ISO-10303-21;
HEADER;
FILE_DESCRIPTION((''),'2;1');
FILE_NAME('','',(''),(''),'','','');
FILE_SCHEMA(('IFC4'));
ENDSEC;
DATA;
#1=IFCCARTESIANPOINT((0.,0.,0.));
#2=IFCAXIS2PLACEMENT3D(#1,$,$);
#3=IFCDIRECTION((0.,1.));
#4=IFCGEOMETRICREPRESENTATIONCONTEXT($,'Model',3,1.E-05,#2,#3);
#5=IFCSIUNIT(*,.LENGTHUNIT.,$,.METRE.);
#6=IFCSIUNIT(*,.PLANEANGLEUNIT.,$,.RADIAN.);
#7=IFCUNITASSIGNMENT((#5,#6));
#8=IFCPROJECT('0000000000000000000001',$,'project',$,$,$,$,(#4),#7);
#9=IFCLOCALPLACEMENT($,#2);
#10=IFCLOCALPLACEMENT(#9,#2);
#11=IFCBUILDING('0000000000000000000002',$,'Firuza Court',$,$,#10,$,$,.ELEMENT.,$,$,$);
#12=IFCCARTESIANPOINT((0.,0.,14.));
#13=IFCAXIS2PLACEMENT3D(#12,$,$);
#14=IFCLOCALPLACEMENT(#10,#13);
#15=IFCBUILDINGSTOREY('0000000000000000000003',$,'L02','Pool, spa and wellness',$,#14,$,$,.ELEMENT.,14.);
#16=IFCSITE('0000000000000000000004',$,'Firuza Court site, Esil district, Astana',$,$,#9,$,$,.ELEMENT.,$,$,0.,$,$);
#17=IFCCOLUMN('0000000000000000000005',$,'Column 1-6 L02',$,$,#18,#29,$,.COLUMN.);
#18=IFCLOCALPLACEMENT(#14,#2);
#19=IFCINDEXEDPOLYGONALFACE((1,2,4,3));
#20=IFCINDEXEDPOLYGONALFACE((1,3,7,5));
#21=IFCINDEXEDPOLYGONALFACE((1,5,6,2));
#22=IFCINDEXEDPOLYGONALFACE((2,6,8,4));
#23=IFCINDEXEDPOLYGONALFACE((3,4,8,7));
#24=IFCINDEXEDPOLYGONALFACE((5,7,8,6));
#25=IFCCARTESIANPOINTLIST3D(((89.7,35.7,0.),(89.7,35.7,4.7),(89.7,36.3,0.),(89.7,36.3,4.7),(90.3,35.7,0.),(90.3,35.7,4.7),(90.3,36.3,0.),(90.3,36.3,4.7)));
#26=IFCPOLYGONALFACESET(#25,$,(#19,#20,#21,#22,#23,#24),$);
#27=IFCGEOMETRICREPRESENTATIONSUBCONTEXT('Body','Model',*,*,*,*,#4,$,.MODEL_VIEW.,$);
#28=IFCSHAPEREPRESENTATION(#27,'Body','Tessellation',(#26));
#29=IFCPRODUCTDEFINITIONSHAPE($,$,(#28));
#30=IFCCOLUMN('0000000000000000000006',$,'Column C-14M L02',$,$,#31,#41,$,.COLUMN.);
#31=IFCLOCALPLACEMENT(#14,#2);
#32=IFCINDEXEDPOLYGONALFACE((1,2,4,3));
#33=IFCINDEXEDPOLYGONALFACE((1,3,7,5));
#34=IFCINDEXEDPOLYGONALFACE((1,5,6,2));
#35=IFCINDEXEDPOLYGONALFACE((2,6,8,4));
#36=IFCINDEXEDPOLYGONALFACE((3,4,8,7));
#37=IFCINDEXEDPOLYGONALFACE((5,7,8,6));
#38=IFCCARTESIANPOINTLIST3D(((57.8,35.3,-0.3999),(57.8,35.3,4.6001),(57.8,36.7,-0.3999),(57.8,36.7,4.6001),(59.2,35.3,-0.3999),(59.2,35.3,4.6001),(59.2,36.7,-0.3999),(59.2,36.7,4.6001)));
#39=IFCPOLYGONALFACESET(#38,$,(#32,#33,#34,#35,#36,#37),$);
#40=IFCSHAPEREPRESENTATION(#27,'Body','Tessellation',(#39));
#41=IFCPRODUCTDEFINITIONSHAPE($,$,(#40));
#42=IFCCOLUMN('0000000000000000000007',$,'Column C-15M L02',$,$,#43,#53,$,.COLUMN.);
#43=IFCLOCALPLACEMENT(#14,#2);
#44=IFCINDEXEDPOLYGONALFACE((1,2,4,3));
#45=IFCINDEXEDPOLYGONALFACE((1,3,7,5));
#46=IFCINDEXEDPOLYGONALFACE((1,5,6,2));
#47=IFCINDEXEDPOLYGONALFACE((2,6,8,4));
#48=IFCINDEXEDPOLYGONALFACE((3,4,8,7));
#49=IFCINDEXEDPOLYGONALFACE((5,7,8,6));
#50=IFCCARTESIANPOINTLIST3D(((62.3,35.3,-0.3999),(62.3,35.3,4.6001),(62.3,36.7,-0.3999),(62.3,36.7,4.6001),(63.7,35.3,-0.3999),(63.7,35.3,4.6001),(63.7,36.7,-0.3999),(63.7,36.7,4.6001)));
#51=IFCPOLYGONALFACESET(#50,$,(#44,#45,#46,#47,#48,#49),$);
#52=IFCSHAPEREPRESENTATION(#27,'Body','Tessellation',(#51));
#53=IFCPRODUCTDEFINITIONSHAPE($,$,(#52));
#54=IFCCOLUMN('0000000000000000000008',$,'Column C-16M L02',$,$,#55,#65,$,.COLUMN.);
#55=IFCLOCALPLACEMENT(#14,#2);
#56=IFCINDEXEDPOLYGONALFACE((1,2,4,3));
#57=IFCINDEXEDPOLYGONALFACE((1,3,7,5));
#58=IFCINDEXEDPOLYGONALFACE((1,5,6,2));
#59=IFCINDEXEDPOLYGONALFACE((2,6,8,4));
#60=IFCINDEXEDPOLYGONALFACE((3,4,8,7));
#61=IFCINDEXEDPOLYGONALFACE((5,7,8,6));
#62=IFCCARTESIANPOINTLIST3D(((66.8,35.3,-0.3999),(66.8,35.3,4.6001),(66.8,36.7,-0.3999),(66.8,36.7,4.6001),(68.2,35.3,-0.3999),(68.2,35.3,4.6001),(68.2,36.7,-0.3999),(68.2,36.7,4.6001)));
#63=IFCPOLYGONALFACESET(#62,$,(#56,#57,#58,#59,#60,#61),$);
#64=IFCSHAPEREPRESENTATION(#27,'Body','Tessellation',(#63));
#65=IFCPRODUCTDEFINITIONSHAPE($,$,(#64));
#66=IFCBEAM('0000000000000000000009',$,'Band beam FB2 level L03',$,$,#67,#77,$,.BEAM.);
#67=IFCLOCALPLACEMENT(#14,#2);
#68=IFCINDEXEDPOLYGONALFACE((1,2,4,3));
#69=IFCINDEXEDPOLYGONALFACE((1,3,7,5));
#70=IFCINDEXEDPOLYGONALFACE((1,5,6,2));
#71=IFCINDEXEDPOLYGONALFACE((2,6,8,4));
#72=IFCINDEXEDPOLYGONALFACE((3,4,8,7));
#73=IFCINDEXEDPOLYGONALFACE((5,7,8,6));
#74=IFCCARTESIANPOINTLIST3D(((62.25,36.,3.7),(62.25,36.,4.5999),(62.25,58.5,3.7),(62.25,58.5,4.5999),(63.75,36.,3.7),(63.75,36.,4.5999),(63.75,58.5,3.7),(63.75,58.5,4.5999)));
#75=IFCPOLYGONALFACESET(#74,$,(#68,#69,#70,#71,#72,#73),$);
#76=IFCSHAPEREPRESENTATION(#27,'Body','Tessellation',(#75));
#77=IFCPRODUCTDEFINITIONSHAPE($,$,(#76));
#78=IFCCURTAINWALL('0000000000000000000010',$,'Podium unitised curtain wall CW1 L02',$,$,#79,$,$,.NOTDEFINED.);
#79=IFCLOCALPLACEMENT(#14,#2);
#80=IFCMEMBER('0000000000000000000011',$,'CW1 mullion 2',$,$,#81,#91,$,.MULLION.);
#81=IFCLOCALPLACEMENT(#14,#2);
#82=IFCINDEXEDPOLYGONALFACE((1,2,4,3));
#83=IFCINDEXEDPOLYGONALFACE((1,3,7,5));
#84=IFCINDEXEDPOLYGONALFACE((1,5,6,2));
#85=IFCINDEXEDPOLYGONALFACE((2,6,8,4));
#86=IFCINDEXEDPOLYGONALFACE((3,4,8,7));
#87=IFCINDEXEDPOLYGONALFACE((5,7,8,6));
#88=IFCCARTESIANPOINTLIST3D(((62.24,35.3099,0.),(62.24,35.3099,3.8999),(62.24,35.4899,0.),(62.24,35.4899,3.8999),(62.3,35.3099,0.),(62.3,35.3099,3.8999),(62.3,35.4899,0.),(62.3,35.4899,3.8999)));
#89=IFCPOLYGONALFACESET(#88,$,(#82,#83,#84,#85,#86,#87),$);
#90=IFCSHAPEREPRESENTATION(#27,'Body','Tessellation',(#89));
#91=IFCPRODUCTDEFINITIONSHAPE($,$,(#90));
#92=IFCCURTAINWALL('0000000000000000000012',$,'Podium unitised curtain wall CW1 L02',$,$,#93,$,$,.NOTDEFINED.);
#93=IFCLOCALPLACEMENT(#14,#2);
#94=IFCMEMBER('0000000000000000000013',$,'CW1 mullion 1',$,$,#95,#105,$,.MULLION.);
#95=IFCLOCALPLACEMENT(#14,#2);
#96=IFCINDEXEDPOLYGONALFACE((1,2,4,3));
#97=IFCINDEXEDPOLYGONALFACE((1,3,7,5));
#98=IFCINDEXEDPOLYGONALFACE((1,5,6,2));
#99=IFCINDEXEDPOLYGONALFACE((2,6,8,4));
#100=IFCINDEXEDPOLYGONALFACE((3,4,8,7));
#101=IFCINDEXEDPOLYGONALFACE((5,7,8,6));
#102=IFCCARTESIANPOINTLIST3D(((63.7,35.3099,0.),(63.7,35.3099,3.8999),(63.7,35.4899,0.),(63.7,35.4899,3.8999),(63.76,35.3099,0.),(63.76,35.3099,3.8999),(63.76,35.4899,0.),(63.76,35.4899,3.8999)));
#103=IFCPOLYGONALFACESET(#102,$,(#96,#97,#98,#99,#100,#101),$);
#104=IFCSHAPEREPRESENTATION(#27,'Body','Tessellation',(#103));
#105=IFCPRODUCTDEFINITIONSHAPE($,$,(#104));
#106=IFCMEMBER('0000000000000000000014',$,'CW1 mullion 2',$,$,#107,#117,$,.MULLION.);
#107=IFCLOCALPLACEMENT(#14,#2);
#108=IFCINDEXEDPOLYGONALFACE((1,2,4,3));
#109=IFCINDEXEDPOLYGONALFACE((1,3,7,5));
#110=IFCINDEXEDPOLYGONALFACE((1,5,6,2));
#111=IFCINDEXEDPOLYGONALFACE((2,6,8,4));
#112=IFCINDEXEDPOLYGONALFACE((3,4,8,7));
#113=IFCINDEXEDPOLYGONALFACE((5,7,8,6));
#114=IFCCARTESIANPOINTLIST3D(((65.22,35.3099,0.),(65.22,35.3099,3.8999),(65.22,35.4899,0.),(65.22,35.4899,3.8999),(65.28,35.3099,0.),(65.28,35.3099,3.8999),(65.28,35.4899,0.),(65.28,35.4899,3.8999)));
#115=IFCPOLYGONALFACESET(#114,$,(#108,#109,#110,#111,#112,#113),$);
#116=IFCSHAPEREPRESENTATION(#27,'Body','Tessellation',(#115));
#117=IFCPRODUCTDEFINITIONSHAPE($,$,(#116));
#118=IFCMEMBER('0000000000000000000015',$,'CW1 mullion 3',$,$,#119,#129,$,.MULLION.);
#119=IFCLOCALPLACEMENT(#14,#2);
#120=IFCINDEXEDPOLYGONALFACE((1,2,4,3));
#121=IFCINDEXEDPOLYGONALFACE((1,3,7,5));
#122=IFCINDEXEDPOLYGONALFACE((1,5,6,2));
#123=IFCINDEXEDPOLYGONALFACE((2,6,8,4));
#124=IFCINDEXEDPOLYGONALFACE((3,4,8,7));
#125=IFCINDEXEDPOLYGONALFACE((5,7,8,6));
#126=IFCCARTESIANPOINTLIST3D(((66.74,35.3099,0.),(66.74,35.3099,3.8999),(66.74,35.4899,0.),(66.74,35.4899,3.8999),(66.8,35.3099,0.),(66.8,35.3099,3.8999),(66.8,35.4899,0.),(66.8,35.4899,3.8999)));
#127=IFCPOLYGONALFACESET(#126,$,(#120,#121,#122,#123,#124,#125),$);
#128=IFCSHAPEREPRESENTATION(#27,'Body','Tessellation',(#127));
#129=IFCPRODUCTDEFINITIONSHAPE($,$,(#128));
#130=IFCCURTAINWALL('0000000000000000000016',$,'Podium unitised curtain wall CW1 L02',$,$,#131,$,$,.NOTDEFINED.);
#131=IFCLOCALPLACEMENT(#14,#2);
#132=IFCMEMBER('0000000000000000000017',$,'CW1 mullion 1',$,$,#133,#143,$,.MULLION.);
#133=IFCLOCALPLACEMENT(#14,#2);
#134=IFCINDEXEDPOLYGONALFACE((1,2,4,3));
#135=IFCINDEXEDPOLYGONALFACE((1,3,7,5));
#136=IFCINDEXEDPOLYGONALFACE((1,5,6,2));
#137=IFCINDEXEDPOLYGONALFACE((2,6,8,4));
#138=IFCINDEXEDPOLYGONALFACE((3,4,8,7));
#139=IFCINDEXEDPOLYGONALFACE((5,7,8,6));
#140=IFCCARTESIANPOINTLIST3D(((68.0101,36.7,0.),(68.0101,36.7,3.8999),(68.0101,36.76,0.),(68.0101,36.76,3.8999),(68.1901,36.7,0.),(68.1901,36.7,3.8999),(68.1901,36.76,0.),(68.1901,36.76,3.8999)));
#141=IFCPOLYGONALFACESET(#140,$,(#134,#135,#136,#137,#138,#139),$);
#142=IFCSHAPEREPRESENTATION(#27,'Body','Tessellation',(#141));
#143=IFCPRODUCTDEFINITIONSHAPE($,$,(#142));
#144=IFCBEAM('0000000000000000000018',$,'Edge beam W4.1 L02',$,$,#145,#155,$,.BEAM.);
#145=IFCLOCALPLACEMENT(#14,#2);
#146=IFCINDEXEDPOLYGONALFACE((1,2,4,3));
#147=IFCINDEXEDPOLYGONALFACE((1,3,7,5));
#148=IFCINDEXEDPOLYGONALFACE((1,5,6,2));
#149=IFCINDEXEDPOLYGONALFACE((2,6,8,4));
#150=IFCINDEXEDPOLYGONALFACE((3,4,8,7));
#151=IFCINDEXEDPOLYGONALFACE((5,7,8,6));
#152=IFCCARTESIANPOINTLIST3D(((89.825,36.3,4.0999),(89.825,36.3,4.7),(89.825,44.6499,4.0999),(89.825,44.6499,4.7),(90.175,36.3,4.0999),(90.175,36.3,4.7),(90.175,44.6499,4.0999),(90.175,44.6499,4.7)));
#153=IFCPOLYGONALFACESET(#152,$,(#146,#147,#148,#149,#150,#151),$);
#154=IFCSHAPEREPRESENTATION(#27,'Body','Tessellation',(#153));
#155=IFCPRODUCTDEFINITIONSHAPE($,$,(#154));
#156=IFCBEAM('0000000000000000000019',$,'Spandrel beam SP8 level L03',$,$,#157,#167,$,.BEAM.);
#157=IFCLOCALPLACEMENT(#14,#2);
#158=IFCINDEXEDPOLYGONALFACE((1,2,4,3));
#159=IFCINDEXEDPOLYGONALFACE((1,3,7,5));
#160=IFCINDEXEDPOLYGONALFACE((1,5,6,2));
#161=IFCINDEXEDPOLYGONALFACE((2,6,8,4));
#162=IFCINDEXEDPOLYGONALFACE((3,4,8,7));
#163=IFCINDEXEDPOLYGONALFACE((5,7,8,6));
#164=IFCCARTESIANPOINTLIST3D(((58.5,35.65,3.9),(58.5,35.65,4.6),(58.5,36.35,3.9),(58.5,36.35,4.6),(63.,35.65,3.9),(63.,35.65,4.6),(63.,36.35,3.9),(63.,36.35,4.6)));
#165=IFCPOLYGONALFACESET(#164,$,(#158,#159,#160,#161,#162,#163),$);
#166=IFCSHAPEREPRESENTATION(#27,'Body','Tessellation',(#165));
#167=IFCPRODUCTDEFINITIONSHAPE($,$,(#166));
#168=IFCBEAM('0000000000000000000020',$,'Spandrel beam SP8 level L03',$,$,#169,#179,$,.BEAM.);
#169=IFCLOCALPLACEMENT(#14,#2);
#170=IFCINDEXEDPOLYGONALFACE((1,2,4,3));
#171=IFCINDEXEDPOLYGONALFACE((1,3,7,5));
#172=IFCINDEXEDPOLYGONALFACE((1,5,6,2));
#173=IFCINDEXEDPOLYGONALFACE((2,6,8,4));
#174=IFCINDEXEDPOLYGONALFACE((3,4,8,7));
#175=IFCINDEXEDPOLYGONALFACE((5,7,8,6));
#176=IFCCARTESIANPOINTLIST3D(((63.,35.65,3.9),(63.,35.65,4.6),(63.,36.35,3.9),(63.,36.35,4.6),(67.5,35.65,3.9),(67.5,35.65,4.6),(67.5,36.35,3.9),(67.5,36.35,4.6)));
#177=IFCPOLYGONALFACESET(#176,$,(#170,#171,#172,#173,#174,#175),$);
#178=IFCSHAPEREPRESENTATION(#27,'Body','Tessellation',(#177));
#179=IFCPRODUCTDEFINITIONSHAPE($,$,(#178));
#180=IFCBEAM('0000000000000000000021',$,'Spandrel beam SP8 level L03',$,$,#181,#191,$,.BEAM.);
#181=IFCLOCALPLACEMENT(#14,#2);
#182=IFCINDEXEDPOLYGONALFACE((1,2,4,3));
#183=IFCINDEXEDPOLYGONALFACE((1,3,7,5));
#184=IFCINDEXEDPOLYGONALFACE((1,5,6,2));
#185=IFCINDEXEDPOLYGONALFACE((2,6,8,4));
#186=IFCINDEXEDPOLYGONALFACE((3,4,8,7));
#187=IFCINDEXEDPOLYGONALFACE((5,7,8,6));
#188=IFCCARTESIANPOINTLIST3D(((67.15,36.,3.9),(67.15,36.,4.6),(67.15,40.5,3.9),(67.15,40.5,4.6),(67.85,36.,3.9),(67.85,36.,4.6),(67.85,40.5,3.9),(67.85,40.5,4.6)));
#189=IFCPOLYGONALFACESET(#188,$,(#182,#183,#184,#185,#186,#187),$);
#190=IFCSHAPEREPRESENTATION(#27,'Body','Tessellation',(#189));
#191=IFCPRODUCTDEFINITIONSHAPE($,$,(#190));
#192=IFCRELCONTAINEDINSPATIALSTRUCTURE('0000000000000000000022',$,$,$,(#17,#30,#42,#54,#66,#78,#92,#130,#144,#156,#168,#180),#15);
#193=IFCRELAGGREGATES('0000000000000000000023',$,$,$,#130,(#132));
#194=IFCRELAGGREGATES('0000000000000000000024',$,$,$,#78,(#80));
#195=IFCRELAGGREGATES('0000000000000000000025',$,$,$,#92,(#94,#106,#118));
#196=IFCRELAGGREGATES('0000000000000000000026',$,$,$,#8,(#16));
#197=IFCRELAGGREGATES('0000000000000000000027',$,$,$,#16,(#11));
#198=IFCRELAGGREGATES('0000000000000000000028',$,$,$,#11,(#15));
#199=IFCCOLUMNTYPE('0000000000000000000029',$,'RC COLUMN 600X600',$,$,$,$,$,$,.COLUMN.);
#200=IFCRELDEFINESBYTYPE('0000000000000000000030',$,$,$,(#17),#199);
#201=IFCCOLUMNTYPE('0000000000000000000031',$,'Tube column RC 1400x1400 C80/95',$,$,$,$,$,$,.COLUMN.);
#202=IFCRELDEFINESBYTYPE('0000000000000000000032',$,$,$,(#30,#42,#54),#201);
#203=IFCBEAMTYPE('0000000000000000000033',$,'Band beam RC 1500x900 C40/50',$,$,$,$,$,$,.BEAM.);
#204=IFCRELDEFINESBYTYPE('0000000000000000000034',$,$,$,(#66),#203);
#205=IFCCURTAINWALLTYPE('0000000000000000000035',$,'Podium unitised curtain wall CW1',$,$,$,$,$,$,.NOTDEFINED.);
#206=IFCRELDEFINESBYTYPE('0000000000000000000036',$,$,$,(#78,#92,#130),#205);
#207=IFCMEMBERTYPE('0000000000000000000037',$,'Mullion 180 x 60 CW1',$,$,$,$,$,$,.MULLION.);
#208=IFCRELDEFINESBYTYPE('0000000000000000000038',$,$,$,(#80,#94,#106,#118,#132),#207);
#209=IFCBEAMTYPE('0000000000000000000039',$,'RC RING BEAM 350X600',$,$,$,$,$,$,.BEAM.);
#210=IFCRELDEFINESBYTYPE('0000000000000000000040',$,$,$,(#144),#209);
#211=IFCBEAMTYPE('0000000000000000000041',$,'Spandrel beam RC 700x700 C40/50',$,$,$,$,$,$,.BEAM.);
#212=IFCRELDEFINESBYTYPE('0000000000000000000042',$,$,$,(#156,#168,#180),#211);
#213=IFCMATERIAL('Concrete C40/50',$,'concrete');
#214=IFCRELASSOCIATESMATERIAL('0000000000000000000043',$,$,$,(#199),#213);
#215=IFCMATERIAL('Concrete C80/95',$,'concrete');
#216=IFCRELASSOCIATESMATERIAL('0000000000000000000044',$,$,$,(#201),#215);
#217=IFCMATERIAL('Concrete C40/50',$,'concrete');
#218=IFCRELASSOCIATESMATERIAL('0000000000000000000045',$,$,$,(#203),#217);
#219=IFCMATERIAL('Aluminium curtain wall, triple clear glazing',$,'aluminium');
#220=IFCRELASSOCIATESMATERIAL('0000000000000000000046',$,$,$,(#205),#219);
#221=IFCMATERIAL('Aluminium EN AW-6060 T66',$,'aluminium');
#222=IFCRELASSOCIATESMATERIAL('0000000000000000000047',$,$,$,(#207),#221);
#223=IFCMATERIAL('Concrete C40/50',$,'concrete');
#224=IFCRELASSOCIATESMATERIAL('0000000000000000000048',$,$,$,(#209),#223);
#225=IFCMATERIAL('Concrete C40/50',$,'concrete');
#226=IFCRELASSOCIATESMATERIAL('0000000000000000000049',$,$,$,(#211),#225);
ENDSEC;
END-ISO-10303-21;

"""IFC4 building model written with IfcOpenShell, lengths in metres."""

from ifc_helpers import new_model, si_unit, direction, frame, origin, origin_2d, place, context, subcontext, project, spatial, rectangle, extrude, material, material_profile, profile_set, type_object, element, aggregate, save


model = new_model("IFC4")

# Units and contexts
model_context = context("Model", 3, precision=1e-05, world=origin(), true_north=direction((0.0, 1.0)))
body_context = subcontext(model_context, "Body", "Model", "MODEL_VIEW")
ifc_project = project(units=[si_unit("LENGTHUNIT", "METRE"), si_unit("PLANEANGLEUNIT", "RADIAN")], contexts=[model_context])

# Site, building, storey
site_placement = place(None, origin())
site = spatial("IfcSite", under=ifc_project, at=site_placement, Name="Firuza Court site, Esil district, Astana", CompositionType="ELEMENT", RefElevation=0.0)
building_placement = place(site_placement, origin())
building = spatial("IfcBuilding", under=site, at=building_placement, Name="Firuza Court", CompositionType="ELEMENT")
storey_placement = place(building_placement, frame((0.0, 0.0, 14.0)))
storey = spatial("IfcBuildingStorey", under=building, at=storey_placement, Name="L02", Description="Pool, spa and wellness", CompositionType="ELEMENT", Elevation=14.0)

# Columns
ifc_material_1 = material(Name="Concrete C40/50", Category="concrete")
ifc_material_profile_1 = material_profile(ifc_material_1, rectangle(XDim=0.6001, YDim=0.6001, at=origin_2d()), Name="RC 600X600")
ifc_profile_set_1 = profile_set([ifc_material_profile_1], Name="Concrete C40/50")
column_type_1 = type_object("IfcColumnType", Name="RC COLUMN 600X600", PredefinedType="COLUMN", material=ifc_profile_set_1)
column_placement = place(storey_placement, frame((90.0, 36.0, 0.0), z_axis=(0.0, 0.0, 1.0), x_axis=(1.0, 0.0, 0.0)))
element("IfcColumn", 1, at=column_placement, inside=storey, type_object=column_type_1, Name="Column 1-6 L02", PredefinedType="COLUMN", context=body_context, shape_type="SweptSolid", body=[
    extrude(rectangle(XDim=0.6001, YDim=0.6001, at=origin_2d()), origin(), (0.0, 0.0, 1.0), 4.7),
])
ifc_material_2 = material(Name="Concrete C80/95", Category="concrete")
ifc_material_profile_2 = material_profile(ifc_material_2, rectangle(XDim=1.3999, YDim=1.3999, at=origin_2d()), Name="RC 1400x1400")
ifc_profile_set_2 = profile_set([ifc_material_profile_2], Name="Concrete C80/95")
column_type_2 = type_object("IfcColumnType", Name="Tube column RC 1400x1400 C80/95", PredefinedType="COLUMN", material=ifc_profile_set_2)
for number, where, z_axis, x_axis, name in (
    (2, (58.5, 36.0, -0.3999), (0.0, 0.0, 1.0), (1.0, 0.0, 0.0), "Column C-14M L02"),
    (3, (63.0, 36.0, -0.3999), (0.0, 0.0, 1.0), (1.0, 0.0, 0.0), "Column C-15M L02"),
    (4, (67.5, 36.0, -0.3999), (0.0, 0.0, 1.0), (1.0, 0.0, 0.0), "Column C-16M L02"),
):
    element("IfcColumn", number, at=place(storey_placement, frame(where, z_axis=z_axis, x_axis=x_axis)), inside=storey, type_object=column_type_2, Name=name, PredefinedType="COLUMN", context=body_context, shape_type="SweptSolid", body=[
        extrude(rectangle(XDim=1.3999, YDim=1.3999, at=origin_2d()), origin(), (0.0, 0.0, 1.0), 5.0),
    ])

# Beam
ifc_material_3 = material(Name="Concrete C40/50", Category="concrete")
ifc_material_profile_3 = material_profile(ifc_material_3, rectangle(XDim=1.5, YDim=0.8999, at=origin_2d()), Name="RC 1500x900")
ifc_profile_set_3 = profile_set([ifc_material_profile_3], Name="Concrete C40/50")
beam_type_1 = type_object("IfcBeamType", Name="Band beam RC 1500x900 C40/50", PredefinedType="BEAM", material=ifc_profile_set_3)
beam_1_placement = place(storey_placement, frame((63.0, 36.0, 4.1499), z_axis=(0.0, 1.0, 0.0), x_axis=(-1.0, 0.0, 0.0)))
element("IfcBeam", 5, at=beam_1_placement, inside=storey, type_object=beam_type_1, Name="Band beam FB2 level L03", PredefinedType="BEAM", context=body_context, shape_type="SweptSolid", body=[
    extrude(rectangle(XDim=1.5, YDim=0.8999, at=origin_2d()), origin(), (0.0, 0.0, 1.0), 22.5),
])

# Curtain wall, member
ifc_material_4 = material(Name="Aluminium curtain wall, triple clear glazing", Category="aluminium")
curtain_wall_type = type_object("IfcCurtainWallType", Name="Podium unitised curtain wall CW1", PredefinedType="NOTDEFINED", material=ifc_material_4)
curtain_wall_1_placement = place(storey_placement, origin())
curtain_wall_1 = element("IfcCurtainWall", 6, at=curtain_wall_1_placement, inside=storey, type_object=curtain_wall_type, Name="Podium unitised curtain wall CW1 L02", PredefinedType="NOTDEFINED")
ifc_material_5 = material(Name="Aluminium EN AW-6060 T66", Category="aluminium")
ifc_material_profile_4 = material_profile(ifc_material_5, rectangle(XDim=0.1799, YDim=0.0601, at=origin_2d()), Name="Mullion 180 x 60 CW1")
ifc_profile_set_4 = profile_set([ifc_material_profile_4], Name="Aluminium EN AW-6060 T66")
member_type_1 = type_object("IfcMemberType", Name="Mullion 180 x 60 CW1", PredefinedType="MULLION", material=ifc_profile_set_4)
member_1_placement = place(storey_placement, frame((62.27, 35.3999, 0.0), z_axis=(0.0, 0.0, 1.0), x_axis=(0.0, 1.0, 0.0)))
member_1 = element("IfcMember", 7, at=member_1_placement, type_object=member_type_1, Name="CW1 mullion 2", PredefinedType="MULLION", context=body_context, shape_type="SweptSolid", body=[
    extrude(rectangle(XDim=0.1799, YDim=0.0601, at=origin_2d()), origin(), (0.0, 0.0, 1.0), 3.8999),
])

# Curtain wall, members
curtain_wall_2_placement = place(storey_placement, origin())
curtain_wall_2 = element("IfcCurtainWall", 8, at=curtain_wall_2_placement, inside=storey, type_object=curtain_wall_type, Name="Podium unitised curtain wall CW1 L02", PredefinedType="NOTDEFINED")
member_2_placement = place(storey_placement, frame((63.73, 35.3999, 0.0), z_axis=(0.0, 0.0, 1.0), x_axis=(0.0, 1.0, 0.0)))
member_2 = element("IfcMember", 9, at=member_2_placement, type_object=member_type_1, Name="CW1 mullion 1", PredefinedType="MULLION", context=body_context, shape_type="SweptSolid", body=[
    extrude(rectangle(XDim=0.1799, YDim=0.0601, at=origin_2d()), origin(), (0.0, 0.0, 1.0), 3.8999),
])
member_3_placement = place(storey_placement, frame((65.25, 35.3999, 0.0), z_axis=(0.0, 0.0, 1.0), x_axis=(0.0, 1.0, 0.0)))
member_3 = element("IfcMember", 10, at=member_3_placement, type_object=member_type_1, Name="CW1 mullion 2", PredefinedType="MULLION", context=body_context, shape_type="SweptSolid", body=[
    extrude(rectangle(XDim=0.1799, YDim=0.0601, at=origin_2d()), origin(), (0.0, 0.0, 1.0), 3.8999),
])
member_4_placement = place(storey_placement, frame((66.77, 35.3999, 0.0), z_axis=(0.0, 0.0, 1.0), x_axis=(0.0, 1.0, 0.0)))
member_4 = element("IfcMember", 11, at=member_4_placement, type_object=member_type_1, Name="CW1 mullion 3", PredefinedType="MULLION", context=body_context, shape_type="SweptSolid", body=[
    extrude(rectangle(XDim=0.1799, YDim=0.0601, at=origin_2d()), origin(), (0.0, 0.0, 1.0), 3.8999),
])

# Curtain wall, member
curtain_wall_3_placement = place(storey_placement, origin())
curtain_wall_3 = element("IfcCurtainWall", 12, at=curtain_wall_3_placement, inside=storey, type_object=curtain_wall_type, Name="Podium unitised curtain wall CW1 L02", PredefinedType="NOTDEFINED")
member_5_placement = place(storey_placement, frame((68.1001, 36.73, 0.0), z_axis=(0.0, 0.0, 1.0), x_axis=(-1.0, 0.0, 0.0)))
member_5 = element("IfcMember", 13, at=member_5_placement, type_object=member_type_1, Name="CW1 mullion 1", PredefinedType="MULLION", context=body_context, shape_type="SweptSolid", body=[
    extrude(rectangle(XDim=0.1799, YDim=0.0601, at=origin_2d()), origin(), (0.0, 0.0, 1.0), 3.8999),
])

# Beams
ifc_material_6 = material(Name="Concrete C40/50", Category="concrete")
ifc_material_profile_5 = material_profile(ifc_material_6, rectangle(XDim=0.3501, YDim=0.6001, at=origin_2d()), Name="RC 350X600")
ifc_profile_set_5 = profile_set([ifc_material_profile_5], Name="Concrete C40/50")
beam_type_2 = type_object("IfcBeamType", Name="RC RING BEAM 350X600", PredefinedType="BEAM", material=ifc_profile_set_5)
beam_2_placement = place(storey_placement, frame((90.0, 36.3, 4.3999), z_axis=(0.0, 1.0, 0.0), x_axis=(-1.0, 0.0, 0.0)))
element("IfcBeam", 14, at=beam_2_placement, inside=storey, type_object=beam_type_2, Name="Edge beam W4.1 L02", PredefinedType="BEAM", context=body_context, shape_type="SweptSolid", body=[
    extrude(rectangle(XDim=0.3501, YDim=0.6001, at=origin_2d()), origin(), (0.0, 0.0, 1.0), 8.3499),
])
ifc_material_7 = material(Name="Concrete C40/50", Category="concrete")
ifc_material_profile_6 = material_profile(ifc_material_7, rectangle(XDim=0.7, YDim=0.7, at=origin_2d()), Name="RC 700x700")
ifc_profile_set_6 = profile_set([ifc_material_profile_6], Name="Concrete C40/50")
beam_type_3 = type_object("IfcBeamType", Name="Spandrel beam RC 700x700 C40/50", PredefinedType="BEAM", material=ifc_profile_set_6)
for number, where, z_axis, x_axis, name in (
    (15, (58.5, 36.0, 4.25), (1.0, 0.0, 0.0), (0.0, 1.0, 0.0), "Spandrel beam SP8 level L03"),
    (16, (63.0, 36.0, 4.25), (1.0, 0.0, 0.0), (0.0, 1.0, 0.0), "Spandrel beam SP8 level L03"),
    (17, (67.5, 36.0, 4.25), (0.0, 1.0, 0.0), (-1.0, 0.0, 0.0), "Spandrel beam SP8 level L03"),
):
    element("IfcBeam", number, at=place(storey_placement, frame(where, z_axis=z_axis, x_axis=x_axis)), inside=storey, type_object=beam_type_3, Name=name, PredefinedType="BEAM", context=body_context, shape_type="SweptSolid", body=[
        extrude(rectangle(XDim=0.7, YDim=0.7, at=origin_2d()), origin(), (0.0, 0.0, 1.0), 4.5),
    ])

aggregate(curtain_wall_3, [member_5])

aggregate(curtain_wall_1, [member_1])
aggregate(curtain_wall_2, [member_2, member_3, member_4])

save(model, "model.ifc")
